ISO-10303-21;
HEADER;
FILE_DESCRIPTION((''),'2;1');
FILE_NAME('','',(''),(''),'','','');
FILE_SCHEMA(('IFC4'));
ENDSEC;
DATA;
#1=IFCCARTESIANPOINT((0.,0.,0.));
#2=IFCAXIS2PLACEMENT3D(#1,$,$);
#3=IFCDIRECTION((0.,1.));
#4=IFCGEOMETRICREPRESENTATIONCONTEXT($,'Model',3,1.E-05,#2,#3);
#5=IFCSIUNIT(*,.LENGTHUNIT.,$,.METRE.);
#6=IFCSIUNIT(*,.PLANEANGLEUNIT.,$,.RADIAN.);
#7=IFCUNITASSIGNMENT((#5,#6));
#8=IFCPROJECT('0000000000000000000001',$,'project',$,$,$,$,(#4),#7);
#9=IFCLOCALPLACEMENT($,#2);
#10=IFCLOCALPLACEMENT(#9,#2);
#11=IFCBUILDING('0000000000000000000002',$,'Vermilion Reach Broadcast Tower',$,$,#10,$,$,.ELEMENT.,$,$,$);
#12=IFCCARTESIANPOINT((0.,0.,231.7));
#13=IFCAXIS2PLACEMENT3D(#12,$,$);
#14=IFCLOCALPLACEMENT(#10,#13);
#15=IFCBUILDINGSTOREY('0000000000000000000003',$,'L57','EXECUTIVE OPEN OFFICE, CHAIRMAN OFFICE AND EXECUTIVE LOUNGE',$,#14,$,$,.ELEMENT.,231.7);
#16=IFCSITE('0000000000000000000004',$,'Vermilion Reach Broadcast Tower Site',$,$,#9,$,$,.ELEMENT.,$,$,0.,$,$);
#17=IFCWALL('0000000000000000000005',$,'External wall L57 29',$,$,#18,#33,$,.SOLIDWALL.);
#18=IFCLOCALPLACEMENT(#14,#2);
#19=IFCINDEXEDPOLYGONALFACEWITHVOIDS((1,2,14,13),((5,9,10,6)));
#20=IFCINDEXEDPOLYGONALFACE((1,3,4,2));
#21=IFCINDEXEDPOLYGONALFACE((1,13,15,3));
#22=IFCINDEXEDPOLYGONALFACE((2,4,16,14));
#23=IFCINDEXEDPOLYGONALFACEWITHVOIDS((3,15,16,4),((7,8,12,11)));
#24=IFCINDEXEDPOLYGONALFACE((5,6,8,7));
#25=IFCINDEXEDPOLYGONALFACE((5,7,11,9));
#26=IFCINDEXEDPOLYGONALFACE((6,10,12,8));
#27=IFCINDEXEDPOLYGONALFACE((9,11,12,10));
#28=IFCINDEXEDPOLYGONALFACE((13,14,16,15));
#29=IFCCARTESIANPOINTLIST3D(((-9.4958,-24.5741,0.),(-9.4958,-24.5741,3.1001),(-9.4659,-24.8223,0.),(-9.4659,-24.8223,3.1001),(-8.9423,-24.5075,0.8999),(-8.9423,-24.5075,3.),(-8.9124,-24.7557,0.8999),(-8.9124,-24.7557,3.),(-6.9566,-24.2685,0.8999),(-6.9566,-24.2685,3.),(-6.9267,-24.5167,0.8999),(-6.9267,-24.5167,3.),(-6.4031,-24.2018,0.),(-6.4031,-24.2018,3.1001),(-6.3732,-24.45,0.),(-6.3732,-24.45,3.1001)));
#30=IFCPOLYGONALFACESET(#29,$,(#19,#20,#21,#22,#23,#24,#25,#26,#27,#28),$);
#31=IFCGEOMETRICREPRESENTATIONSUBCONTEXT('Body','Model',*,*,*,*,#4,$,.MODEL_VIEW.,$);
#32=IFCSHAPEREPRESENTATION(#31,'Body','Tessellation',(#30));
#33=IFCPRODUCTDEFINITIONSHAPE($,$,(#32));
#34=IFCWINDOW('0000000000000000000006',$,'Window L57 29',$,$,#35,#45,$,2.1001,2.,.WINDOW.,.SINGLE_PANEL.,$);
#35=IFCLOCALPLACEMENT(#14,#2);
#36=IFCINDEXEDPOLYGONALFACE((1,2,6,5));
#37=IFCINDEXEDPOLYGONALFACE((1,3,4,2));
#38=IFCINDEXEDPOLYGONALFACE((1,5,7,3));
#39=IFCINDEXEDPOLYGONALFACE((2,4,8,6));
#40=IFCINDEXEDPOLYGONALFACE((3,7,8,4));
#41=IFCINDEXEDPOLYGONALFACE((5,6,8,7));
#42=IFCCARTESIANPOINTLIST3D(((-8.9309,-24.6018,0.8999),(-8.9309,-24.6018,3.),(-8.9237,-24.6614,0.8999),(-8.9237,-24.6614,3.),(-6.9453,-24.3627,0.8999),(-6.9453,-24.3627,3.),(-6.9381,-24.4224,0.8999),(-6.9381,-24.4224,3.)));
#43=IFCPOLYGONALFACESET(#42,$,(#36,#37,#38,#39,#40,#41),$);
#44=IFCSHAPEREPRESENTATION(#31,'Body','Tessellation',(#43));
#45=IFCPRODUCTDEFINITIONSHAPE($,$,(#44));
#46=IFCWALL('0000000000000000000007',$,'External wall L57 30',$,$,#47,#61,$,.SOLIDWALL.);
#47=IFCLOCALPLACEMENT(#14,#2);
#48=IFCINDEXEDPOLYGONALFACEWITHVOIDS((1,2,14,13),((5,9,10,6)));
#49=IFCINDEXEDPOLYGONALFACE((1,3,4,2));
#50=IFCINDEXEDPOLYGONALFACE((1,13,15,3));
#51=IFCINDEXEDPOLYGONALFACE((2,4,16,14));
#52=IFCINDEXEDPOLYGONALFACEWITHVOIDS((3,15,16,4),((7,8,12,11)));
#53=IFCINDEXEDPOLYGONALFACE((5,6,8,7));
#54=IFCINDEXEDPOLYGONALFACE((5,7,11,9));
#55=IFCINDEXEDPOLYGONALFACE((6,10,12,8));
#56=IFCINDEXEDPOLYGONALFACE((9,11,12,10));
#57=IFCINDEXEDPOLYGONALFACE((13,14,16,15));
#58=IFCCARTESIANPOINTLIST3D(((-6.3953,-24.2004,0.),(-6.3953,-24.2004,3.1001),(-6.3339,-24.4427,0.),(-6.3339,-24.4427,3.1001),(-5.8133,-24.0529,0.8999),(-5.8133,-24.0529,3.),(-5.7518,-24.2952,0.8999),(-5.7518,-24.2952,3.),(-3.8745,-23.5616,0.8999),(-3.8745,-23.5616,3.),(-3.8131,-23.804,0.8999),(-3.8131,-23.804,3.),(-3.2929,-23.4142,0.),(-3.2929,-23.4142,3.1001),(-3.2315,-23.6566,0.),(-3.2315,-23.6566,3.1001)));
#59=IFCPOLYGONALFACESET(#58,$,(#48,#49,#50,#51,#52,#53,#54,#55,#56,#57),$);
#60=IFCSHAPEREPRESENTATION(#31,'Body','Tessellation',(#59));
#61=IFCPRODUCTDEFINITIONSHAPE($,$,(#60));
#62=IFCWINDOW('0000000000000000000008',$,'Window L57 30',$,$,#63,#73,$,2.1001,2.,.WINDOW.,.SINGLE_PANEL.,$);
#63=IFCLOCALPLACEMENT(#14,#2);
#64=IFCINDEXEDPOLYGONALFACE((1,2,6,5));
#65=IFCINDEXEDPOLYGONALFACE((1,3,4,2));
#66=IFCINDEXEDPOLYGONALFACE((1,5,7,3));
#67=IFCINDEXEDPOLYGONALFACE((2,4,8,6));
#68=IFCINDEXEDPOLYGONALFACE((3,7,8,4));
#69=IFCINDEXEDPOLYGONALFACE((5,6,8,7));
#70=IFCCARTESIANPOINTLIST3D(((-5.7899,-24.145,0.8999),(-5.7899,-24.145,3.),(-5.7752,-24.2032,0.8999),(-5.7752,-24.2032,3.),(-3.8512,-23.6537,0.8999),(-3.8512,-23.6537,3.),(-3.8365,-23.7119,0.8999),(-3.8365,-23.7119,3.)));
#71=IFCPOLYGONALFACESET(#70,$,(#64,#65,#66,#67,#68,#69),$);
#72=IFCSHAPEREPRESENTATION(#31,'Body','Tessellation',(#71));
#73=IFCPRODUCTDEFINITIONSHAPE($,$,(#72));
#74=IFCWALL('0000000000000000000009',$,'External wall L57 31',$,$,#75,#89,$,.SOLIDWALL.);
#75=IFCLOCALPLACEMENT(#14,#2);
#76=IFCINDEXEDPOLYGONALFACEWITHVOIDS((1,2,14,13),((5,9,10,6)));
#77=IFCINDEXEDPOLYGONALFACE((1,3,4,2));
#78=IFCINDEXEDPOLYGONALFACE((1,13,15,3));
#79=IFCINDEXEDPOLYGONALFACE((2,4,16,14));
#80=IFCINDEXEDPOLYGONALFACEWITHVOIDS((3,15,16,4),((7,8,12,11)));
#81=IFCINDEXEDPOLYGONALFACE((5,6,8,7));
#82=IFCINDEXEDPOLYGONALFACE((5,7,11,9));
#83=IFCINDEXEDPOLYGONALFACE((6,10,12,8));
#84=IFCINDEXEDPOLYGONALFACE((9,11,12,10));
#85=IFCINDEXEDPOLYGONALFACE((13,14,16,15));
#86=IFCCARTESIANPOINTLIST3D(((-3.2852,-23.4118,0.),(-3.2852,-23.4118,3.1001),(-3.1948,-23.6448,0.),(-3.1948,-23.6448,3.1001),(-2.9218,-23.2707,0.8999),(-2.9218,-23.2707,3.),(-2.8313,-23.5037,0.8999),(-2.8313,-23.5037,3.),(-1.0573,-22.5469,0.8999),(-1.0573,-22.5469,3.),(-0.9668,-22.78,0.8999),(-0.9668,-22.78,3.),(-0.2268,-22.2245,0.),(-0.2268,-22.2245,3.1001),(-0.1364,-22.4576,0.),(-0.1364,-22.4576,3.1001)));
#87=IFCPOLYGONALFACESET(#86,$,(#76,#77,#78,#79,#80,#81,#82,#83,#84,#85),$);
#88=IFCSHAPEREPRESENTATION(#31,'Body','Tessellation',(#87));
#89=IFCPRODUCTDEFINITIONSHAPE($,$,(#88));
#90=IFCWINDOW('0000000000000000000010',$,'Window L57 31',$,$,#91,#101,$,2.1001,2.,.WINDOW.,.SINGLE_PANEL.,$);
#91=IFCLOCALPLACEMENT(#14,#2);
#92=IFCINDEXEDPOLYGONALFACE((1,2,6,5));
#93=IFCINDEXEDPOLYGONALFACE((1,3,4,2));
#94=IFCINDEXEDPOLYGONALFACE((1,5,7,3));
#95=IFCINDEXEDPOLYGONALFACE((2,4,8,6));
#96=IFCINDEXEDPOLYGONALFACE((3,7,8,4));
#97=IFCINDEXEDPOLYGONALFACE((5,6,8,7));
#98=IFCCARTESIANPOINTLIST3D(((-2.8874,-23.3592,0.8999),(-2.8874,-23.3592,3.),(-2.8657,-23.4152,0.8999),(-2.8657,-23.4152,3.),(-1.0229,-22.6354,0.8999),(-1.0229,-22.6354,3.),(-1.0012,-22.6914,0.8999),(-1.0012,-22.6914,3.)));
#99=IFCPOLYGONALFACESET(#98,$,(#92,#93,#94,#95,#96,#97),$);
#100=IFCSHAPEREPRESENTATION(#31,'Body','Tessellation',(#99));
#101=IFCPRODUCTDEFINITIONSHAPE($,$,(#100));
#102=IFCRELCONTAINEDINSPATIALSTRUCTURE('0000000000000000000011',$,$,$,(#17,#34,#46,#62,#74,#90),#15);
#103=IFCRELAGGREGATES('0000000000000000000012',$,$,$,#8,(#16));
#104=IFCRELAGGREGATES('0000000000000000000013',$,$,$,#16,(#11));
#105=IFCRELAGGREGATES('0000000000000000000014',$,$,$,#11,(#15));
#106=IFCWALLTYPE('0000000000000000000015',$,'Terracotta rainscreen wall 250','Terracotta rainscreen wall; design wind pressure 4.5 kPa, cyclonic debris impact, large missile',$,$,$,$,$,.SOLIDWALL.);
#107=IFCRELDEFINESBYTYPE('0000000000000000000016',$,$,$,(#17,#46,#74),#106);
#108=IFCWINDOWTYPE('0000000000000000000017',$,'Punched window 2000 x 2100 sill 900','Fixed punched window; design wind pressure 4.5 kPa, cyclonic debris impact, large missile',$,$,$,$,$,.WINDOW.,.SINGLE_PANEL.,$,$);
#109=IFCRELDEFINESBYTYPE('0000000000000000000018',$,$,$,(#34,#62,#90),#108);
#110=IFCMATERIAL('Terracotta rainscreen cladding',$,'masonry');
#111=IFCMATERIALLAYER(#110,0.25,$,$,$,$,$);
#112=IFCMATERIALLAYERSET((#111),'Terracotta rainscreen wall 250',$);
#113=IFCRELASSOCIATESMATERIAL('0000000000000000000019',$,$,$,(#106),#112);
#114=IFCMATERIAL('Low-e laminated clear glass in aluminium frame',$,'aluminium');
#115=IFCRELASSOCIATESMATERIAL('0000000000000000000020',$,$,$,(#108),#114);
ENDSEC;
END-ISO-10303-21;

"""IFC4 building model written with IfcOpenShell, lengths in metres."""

from ifc_helpers import new_model, si_unit, direction, frame, frame_2d, origin, place, context, subcontext, project, spatial, rectangle, extrude, material, layer, layer_set, type_object, element, fill, save


model = new_model("IFC4")

# Units and contexts
model_context = context("Model", 3, precision=1e-05, world=origin(), true_north=direction((0.0, 1.0)))
body_context = subcontext(model_context, "Body", "Model", "MODEL_VIEW")
ifc_project = project(units=[si_unit("LENGTHUNIT", "METRE"), si_unit("PLANEANGLEUNIT", "RADIAN")], contexts=[model_context])

# Site, building, storey
site_placement = place(None, origin())
site = spatial("IfcSite", under=ifc_project, at=site_placement, Name="Vermilion Reach Broadcast Tower Site", CompositionType="ELEMENT", RefElevation=0.0)
building_placement = place(site_placement, origin())
building = spatial("IfcBuilding", under=site, at=building_placement, Name="Vermilion Reach Broadcast Tower", CompositionType="ELEMENT")
storey_placement = place(building_placement, frame((0.0, 0.0, 231.7)))
storey = spatial("IfcBuildingStorey", under=building, at=storey_placement, Name="L57", Description="EXECUTIVE OPEN OFFICE, CHAIRMAN OFFICE AND EXECUTIVE LOUNGE", CompositionType="ELEMENT", Elevation=231.7)

# Shared definitions
ifc_material_1 = material(Name="Terracotta rainscreen cladding", Category="masonry")
ifc_layer_1 = layer(ifc_material_1, 0.25)
ifc_layer_set_1 = layer_set([ifc_layer_1], Name="Terracotta rainscreen wall 250")
wall_type_1 = type_object("IfcWallType", Name="Terracotta rainscreen wall 250", Description="Terracotta rainscreen wall; design wind pressure 4.5 kPa, cyclonic debris impact, large missile", PredefinedType="SOLIDWALL", material=ifc_layer_set_1)

# Walls, openings, windows
ifc_material_2 = material(Name="Low-e laminated clear glass in aluminium frame", Category="aluminium")
window_type = type_object("IfcWindowType", Name="Punched window 2000 x 2100 sill 900", Description="Fixed punched window; design wind pressure 4.5 kPa, cyclonic debris impact, large missile", PartitioningType="SINGLE_PANEL", PredefinedType="WINDOW", material=ifc_material_2)
wall_1_placement = place(storey_placement, frame((-9.481, -24.6982, 0.0), z_axis=(0.0, 0.0, 1.0), x_axis=(0.992832, 0.119519, 0.0)))
wall_1 = element("IfcWall", 1, at=wall_1_placement, inside=storey, type_object=wall_type_1, Name="External wall L57 29", PredefinedType="SOLIDWALL", context=body_context, shape_type="SweptSolid", body=[
    extrude(rectangle(XDim=3.115, YDim=0.25, at=frame_2d((1.5576, 0.0))), origin(), (0.0, 0.0, 1.0), 3.1001),
])
opening_1_placement = place(wall_1_placement, frame((0.5576, 0.0, 0.8999)))
opening_1 = element("IfcOpeningElement", 2, at=opening_1_placement, cuts=wall_1, PredefinedType="OPENING", context=body_context, shape_type="SweptSolid", body=[
    extrude(rectangle(XDim=2.0, YDim=2.1001, at=frame_2d((1.0, 1.05))), frame((0.0, 0.135, 0.0), z_axis=(0.0, -1.0, 0.0), x_axis=(1.0, 0.0, 0.0)), (0.0, 0.0, 1.0), 0.27),
])
window_1_placement = place(opening_1_placement, origin())
window_1 = element("IfcWindow", 3, at=window_1_placement, inside=storey, type_object=window_type, Name="Window L57 29", OverallHeight=2.1001, OverallWidth=2.0, PartitioningType="SINGLE_PANEL", PredefinedType="WINDOW", context=body_context, shape_type="SweptSolid", body=[
    extrude(rectangle(XDim=2.0, YDim=2.1001, at=frame_2d((1.0, 1.05))), frame((0.0, 0.03, 0.0), z_axis=(0.0, -1.0, 0.0), x_axis=(1.0, 0.0, 0.0)), (0.0, 0.0, 1.0), 0.0601),
])
fill(opening_1, window_1)
wall_2_placement = place(storey_placement, frame((-6.3645, -24.3215, 0.0), z_axis=(0.0, 0.0, 1.0), x_axis=(0.969361, 0.24564, 0.0)))
wall_2 = element("IfcWall", 4, at=wall_2_placement, inside=storey, type_object=wall_type_1, Name="External wall L57 30", PredefinedType="SOLIDWALL", context=body_context, shape_type="SweptSolid", body=[
    extrude(rectangle(XDim=3.2004, YDim=0.25, at=frame_2d((1.6001, 0.0))), origin(), (0.0, 0.0, 1.0), 3.1001),
])
opening_2_placement = place(wall_2_placement, frame((0.6003, 0.0, 0.8999)))
opening_2 = element("IfcOpeningElement", 5, at=opening_2_placement, cuts=wall_2, PredefinedType="OPENING", context=body_context, shape_type="SweptSolid", body=[
    extrude(rectangle(XDim=2.0, YDim=2.1001, at=frame_2d((1.0, 1.05))), frame((0.0, 0.135, 0.0), z_axis=(0.0, -1.0, 0.0), x_axis=(1.0, 0.0, 0.0)), (0.0, 0.0, 1.0), 0.27),
])
window_2_placement = place(opening_2_placement, origin())
window_2 = element("IfcWindow", 6, at=window_2_placement, inside=storey, type_object=window_type, Name="Window L57 30", OverallHeight=2.1001, OverallWidth=2.0, PartitioningType="SINGLE_PANEL", PredefinedType="WINDOW", context=body_context, shape_type="SweptSolid", body=[
    extrude(rectangle(XDim=2.0, YDim=2.1001, at=frame_2d((1.0, 1.05))), frame((0.0, 0.03, 0.0), z_axis=(0.0, -1.0, 0.0), x_axis=(1.0, 0.0, 0.0)), (0.0, 0.0, 1.0), 0.0601),
])
fill(opening_2, window_2)
wall_3_placement = place(storey_placement, frame((-3.24, -23.5283, 0.0), z_axis=(0.0, 0.0, 1.0), x_axis=(0.932221, 0.36189, 0.0)))
wall_3 = element("IfcWall", 7, at=wall_3_placement, inside=storey, type_object=wall_type_1, Name="External wall L57 31", PredefinedType="SOLIDWALL", context=body_context, shape_type="SweptSolid", body=[
    extrude(rectangle(XDim=3.2808, YDim=0.25, at=frame_2d((1.6404, 0.0))), origin(), (0.0, 0.0, 1.0), 3.1001),
])
opening_3_placement = place(wall_3_placement, frame((0.3899, 0.0, 0.8999)))
opening_3 = element("IfcOpeningElement", 8, at=opening_3_placement, cuts=wall_3, PredefinedType="OPENING", context=body_context, shape_type="SweptSolid", body=[
    extrude(rectangle(XDim=2.0, YDim=2.1001, at=frame_2d((1.0, 1.05))), frame((0.0, 0.135, 0.0), z_axis=(0.0, -1.0, 0.0), x_axis=(1.0, 0.0, 0.0)), (0.0, 0.0, 1.0), 0.27),
])
window_3_placement = place(opening_3_placement, origin())
window_3 = element("IfcWindow", 9, at=window_3_placement, inside=storey, type_object=window_type, Name="Window L57 31", OverallHeight=2.1001, OverallWidth=2.0, PartitioningType="SINGLE_PANEL", PredefinedType="WINDOW", context=body_context, shape_type="SweptSolid", body=[
    extrude(rectangle(XDim=2.0, YDim=2.1001, at=frame_2d((1.0, 1.05))), frame((0.0, 0.03, 0.0), z_axis=(0.0, -1.0, 0.0), x_axis=(1.0, 0.0, 0.0)), (0.0, 0.0, 1.0), 0.0601),
])
fill(opening_3, window_3)

save(model, "model.ifc")
